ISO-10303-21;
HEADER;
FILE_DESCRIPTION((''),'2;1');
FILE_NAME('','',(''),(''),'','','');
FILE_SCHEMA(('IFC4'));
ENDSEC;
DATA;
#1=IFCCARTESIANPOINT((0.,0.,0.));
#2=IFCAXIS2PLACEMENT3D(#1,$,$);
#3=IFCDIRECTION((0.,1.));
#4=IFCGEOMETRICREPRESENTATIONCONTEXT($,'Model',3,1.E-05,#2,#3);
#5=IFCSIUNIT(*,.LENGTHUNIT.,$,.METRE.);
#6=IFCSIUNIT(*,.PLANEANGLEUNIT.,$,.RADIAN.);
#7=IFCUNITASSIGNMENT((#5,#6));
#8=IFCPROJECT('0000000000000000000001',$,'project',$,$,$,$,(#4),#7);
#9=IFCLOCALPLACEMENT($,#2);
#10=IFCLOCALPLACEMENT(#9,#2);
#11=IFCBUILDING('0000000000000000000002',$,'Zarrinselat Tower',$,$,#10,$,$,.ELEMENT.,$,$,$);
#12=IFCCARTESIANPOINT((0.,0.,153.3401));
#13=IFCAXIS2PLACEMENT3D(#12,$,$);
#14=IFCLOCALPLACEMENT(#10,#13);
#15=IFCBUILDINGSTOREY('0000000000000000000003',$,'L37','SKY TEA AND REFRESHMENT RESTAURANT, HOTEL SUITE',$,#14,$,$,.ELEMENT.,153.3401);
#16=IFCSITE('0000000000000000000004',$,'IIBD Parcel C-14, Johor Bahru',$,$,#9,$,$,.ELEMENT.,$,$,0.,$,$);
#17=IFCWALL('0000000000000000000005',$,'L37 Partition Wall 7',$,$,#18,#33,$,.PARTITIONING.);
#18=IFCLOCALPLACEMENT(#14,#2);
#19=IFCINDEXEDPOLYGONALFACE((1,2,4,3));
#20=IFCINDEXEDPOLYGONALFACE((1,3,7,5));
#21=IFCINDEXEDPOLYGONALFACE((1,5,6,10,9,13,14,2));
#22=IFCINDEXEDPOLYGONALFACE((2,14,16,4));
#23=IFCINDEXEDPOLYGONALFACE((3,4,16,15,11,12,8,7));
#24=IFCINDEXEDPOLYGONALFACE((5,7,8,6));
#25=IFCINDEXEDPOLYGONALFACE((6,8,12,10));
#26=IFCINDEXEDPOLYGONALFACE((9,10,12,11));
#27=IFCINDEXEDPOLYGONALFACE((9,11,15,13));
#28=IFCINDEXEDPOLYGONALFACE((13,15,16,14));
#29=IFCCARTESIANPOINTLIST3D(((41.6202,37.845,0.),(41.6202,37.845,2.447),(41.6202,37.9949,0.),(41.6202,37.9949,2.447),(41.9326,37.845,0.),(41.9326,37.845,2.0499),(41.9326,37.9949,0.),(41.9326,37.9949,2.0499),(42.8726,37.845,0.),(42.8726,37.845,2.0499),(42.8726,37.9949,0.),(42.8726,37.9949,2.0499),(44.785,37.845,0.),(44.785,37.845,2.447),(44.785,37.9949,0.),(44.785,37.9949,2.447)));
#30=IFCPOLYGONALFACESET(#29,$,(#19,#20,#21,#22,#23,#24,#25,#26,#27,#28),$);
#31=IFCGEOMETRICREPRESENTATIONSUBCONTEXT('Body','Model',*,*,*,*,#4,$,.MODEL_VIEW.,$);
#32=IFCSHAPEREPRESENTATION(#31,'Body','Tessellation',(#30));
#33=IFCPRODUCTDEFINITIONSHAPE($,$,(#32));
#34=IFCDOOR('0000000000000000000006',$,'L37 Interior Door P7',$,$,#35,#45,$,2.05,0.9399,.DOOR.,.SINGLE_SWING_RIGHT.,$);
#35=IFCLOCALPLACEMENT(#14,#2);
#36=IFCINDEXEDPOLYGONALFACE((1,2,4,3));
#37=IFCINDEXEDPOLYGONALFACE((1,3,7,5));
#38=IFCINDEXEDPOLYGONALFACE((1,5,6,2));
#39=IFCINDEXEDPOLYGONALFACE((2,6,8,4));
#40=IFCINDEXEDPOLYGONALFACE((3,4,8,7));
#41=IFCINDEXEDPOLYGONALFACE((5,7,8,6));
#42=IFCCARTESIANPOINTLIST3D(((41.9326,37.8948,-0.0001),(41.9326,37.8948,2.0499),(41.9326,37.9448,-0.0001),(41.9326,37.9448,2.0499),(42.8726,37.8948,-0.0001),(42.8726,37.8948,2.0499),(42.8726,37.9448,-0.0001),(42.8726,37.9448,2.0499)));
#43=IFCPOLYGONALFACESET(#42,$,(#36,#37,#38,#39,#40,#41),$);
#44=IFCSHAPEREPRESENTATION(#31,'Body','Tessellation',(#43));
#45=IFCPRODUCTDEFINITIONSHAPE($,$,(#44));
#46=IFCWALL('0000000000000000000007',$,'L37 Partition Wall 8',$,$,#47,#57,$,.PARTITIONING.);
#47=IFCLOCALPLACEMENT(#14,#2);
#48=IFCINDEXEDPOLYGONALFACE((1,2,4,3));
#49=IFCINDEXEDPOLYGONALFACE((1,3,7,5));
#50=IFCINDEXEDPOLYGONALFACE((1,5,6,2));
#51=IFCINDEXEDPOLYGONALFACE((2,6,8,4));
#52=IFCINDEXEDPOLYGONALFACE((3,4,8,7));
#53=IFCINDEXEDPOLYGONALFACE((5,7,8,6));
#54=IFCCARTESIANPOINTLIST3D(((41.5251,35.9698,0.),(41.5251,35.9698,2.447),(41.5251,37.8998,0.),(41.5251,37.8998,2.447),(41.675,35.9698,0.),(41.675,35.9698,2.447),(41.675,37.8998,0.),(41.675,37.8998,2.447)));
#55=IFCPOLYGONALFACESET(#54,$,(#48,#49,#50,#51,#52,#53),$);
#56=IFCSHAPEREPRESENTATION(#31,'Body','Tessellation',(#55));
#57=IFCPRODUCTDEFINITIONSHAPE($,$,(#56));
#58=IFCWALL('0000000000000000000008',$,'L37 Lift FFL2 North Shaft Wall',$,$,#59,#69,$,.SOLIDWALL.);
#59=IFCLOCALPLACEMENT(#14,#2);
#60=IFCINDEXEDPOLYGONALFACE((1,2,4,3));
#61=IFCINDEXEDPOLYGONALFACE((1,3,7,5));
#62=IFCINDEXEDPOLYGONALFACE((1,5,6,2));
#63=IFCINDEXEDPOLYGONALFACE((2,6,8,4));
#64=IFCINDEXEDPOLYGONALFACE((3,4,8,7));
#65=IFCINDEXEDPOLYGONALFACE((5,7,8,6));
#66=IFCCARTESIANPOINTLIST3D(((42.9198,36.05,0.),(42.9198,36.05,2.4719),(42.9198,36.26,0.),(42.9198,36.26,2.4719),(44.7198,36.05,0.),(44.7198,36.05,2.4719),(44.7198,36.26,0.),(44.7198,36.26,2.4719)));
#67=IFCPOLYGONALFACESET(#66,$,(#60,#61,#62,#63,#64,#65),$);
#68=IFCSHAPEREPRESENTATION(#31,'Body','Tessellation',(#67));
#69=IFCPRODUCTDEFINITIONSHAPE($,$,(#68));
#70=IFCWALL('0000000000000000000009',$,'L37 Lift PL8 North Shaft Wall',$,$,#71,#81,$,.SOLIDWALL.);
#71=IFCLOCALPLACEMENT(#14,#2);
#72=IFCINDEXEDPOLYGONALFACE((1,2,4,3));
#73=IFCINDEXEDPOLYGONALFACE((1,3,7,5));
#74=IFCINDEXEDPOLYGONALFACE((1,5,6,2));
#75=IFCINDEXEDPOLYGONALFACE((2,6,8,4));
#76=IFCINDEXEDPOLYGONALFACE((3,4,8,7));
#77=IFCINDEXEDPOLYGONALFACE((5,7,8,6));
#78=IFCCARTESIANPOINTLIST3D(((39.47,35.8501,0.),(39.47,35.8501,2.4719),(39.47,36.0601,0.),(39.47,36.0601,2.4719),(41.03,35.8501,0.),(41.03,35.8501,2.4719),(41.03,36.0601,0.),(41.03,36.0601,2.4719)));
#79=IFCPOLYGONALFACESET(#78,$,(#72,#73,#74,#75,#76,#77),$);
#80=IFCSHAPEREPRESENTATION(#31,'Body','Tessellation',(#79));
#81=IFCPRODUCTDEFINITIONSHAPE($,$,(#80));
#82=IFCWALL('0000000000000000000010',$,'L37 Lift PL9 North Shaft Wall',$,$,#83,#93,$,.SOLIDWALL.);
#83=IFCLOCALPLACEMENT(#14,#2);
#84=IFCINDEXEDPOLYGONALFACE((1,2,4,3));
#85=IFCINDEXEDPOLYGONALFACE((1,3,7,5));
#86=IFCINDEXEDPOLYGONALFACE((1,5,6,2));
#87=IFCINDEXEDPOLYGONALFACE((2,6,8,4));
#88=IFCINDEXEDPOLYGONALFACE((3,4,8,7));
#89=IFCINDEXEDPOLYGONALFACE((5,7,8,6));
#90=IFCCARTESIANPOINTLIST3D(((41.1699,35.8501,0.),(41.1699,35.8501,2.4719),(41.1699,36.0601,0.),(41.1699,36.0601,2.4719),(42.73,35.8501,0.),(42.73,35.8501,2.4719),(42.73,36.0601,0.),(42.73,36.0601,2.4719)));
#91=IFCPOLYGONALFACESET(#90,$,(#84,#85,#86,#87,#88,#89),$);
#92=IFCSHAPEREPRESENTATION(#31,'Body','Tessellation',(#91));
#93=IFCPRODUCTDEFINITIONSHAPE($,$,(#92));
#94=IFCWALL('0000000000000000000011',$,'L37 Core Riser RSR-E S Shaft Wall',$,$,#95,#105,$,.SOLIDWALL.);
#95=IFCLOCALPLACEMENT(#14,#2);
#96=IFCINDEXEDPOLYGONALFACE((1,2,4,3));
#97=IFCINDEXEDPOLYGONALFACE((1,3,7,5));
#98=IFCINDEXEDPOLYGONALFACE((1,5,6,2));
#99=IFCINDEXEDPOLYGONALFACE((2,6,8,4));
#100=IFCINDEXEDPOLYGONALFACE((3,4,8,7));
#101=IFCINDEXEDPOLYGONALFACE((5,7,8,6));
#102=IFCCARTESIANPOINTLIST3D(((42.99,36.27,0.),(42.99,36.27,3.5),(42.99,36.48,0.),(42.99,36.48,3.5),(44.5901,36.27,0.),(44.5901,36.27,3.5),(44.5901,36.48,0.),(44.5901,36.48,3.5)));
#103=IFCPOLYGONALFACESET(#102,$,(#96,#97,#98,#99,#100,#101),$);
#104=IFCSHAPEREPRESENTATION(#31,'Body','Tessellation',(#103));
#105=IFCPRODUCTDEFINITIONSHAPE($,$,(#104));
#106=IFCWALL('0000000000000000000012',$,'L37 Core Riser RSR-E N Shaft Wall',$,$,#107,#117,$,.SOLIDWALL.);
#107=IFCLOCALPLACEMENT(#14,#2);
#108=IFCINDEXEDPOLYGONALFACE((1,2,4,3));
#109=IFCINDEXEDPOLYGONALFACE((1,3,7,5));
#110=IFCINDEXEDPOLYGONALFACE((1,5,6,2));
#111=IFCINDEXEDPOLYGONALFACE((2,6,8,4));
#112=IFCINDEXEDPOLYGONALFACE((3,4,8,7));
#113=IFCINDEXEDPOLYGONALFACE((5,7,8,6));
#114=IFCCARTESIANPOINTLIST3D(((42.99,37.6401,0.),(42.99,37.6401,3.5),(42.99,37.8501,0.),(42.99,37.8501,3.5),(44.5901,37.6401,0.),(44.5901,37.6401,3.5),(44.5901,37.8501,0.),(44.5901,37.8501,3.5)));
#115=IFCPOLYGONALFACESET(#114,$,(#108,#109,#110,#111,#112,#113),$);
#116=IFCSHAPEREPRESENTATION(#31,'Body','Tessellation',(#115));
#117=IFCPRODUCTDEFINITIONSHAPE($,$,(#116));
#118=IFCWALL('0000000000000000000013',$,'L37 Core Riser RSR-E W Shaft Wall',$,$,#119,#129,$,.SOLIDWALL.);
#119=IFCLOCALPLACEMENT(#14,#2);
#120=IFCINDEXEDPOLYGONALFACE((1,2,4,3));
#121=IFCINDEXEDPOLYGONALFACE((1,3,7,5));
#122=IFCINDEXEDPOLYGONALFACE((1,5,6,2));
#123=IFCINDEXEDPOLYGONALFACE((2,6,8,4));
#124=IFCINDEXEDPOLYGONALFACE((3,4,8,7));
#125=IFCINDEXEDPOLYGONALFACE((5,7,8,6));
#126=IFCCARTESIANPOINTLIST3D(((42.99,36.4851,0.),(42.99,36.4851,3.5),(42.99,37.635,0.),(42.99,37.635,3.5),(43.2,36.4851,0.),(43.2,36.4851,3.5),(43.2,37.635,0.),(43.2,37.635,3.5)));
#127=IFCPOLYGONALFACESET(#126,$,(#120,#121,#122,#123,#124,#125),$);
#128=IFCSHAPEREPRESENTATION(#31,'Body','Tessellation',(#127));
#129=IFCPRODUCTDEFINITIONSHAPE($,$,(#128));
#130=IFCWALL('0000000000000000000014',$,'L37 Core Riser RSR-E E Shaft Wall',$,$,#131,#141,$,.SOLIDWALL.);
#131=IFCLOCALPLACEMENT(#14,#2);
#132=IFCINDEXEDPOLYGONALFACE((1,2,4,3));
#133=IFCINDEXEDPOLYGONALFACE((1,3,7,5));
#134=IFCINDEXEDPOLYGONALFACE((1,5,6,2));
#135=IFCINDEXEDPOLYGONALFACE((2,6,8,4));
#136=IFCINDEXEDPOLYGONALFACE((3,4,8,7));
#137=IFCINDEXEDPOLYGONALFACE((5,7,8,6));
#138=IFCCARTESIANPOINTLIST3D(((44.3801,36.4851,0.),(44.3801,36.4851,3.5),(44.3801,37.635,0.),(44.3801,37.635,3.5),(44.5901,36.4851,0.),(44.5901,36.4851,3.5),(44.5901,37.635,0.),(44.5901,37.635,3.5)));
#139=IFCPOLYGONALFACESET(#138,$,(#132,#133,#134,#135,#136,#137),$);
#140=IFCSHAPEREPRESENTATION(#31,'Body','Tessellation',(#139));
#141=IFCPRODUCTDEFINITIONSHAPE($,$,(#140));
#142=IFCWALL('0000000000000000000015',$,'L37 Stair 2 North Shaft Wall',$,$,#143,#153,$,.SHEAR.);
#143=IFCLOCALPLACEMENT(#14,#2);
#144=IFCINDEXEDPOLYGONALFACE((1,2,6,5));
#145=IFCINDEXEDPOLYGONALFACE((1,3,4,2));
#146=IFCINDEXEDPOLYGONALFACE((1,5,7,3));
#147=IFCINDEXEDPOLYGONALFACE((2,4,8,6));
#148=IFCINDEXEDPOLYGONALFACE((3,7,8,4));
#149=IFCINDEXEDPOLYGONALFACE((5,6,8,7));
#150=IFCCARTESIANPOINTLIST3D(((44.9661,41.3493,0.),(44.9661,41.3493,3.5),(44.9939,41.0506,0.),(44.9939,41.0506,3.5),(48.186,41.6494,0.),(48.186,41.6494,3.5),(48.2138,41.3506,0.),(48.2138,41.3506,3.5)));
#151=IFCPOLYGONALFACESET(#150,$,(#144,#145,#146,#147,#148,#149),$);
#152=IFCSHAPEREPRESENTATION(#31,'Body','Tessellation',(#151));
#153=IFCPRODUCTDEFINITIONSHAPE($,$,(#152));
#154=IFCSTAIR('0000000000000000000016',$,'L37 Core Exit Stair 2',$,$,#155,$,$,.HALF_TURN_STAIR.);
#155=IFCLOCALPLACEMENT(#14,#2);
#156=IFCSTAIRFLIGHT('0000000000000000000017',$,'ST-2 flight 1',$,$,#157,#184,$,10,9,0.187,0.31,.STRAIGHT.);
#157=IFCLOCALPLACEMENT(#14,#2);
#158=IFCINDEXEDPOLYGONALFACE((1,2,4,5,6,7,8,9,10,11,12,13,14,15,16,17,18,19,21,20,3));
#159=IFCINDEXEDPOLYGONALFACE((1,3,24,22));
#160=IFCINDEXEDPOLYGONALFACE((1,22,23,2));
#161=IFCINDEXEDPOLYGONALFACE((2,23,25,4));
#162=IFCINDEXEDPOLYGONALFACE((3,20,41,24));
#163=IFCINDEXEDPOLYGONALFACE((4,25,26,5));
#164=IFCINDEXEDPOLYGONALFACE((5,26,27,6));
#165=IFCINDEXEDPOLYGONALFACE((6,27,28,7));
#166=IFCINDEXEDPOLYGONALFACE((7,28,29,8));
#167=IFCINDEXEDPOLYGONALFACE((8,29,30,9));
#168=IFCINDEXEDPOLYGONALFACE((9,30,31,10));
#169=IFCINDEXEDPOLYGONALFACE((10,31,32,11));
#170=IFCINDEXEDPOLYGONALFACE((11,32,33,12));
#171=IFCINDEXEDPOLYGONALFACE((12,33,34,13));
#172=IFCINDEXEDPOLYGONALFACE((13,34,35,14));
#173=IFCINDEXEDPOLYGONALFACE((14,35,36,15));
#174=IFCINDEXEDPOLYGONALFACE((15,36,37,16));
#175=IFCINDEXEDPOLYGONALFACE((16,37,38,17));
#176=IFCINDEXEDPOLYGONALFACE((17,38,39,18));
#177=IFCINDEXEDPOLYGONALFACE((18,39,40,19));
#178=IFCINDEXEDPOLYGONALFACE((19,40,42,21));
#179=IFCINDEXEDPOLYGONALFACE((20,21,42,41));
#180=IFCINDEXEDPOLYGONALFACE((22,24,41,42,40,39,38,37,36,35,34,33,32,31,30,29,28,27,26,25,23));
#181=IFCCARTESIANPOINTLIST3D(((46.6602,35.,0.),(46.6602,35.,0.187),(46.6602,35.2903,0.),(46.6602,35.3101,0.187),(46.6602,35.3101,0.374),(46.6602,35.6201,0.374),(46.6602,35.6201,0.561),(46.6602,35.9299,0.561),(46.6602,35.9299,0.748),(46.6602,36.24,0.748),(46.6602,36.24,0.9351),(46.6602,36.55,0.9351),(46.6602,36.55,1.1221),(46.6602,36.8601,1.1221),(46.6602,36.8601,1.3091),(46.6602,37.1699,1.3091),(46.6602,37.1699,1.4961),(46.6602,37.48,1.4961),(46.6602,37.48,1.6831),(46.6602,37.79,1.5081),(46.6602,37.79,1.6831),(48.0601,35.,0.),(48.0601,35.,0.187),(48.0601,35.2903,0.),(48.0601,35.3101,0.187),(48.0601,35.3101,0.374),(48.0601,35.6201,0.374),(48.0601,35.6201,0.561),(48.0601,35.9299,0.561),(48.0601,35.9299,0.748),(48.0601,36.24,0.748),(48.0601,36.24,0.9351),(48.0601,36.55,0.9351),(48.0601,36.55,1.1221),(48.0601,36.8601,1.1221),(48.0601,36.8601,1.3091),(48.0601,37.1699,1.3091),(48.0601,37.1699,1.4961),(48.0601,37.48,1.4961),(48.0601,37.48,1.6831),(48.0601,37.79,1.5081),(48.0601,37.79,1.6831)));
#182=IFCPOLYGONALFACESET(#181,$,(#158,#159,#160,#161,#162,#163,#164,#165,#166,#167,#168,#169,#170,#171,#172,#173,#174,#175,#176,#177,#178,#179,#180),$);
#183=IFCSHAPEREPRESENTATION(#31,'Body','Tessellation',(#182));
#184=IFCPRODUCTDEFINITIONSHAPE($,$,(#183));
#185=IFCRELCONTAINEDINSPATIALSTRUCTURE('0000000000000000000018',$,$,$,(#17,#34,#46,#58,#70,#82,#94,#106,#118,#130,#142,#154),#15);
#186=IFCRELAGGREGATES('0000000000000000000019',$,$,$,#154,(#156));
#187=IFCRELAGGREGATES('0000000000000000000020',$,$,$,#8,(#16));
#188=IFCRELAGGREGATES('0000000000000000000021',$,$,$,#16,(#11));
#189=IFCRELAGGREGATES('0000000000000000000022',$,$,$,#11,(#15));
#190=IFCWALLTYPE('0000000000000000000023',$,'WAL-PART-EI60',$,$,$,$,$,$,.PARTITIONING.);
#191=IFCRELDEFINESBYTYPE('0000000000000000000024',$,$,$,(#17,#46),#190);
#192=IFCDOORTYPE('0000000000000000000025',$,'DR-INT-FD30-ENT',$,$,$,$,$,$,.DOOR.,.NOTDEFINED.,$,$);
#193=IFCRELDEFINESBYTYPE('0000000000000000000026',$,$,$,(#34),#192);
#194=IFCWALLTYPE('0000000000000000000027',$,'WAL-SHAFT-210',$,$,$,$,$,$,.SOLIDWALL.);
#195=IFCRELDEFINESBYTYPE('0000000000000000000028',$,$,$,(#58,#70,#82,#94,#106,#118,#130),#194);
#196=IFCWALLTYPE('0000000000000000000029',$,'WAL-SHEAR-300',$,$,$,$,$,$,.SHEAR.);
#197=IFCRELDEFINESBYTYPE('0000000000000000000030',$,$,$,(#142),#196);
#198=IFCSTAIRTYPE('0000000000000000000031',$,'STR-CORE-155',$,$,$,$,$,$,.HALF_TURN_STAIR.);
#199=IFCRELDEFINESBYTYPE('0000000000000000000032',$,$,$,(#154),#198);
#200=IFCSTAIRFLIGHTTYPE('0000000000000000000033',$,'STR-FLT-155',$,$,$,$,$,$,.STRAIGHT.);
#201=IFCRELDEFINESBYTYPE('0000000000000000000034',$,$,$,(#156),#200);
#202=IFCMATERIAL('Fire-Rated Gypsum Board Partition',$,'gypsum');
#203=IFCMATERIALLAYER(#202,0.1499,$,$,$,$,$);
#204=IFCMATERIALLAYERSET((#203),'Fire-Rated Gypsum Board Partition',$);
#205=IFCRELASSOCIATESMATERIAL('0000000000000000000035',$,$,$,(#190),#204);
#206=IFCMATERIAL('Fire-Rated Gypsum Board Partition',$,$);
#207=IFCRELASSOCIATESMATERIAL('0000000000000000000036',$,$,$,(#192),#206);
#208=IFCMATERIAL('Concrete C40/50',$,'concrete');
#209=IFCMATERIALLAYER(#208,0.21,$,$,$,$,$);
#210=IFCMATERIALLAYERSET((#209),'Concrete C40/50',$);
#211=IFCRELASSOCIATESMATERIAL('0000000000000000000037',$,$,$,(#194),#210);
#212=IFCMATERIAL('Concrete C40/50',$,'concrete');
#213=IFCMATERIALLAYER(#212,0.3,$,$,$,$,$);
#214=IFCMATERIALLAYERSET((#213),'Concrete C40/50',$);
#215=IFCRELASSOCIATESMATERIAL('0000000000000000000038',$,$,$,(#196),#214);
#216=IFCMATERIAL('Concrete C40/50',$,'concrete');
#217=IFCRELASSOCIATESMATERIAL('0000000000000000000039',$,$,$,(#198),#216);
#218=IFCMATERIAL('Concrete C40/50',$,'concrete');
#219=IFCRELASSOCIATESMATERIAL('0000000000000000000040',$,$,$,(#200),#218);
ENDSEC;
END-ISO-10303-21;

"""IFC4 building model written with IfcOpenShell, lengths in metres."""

from ifc_helpers import new_model, si_unit, direction, frame, frame_2d, origin, place, context, subcontext, project, spatial, polyline, rectangle, outline, extrude, material, layer, layer_set, type_object, element, fill, aggregate, save


model = new_model("IFC4")

# Units and contexts
model_context = context("Model", 3, precision=1e-05, world=origin(), true_north=direction((0.0, 1.0)))
body_context = subcontext(model_context, "Body", "Model", "MODEL_VIEW")
ifc_project = project(units=[si_unit("LENGTHUNIT", "METRE"), si_unit("PLANEANGLEUNIT", "RADIAN")], contexts=[model_context])

# Site, building, storey
site_placement = place(None, origin())
site = spatial("IfcSite", under=ifc_project, at=site_placement, Name="IIBD Parcel C-14, Johor Bahru", CompositionType="ELEMENT", RefElevation=0.0)
building_placement = place(site_placement, origin())
building = spatial("IfcBuilding", under=site, at=building_placement, Name="Zarrinselat Tower", CompositionType="ELEMENT")
storey_placement = place(building_placement, frame((0.0, 0.0, 153.3401)))
storey = spatial("IfcBuildingStorey", under=building, at=storey_placement, Name="L37", Description="SKY TEA AND REFRESHMENT RESTAURANT, HOTEL SUITE", CompositionType="ELEMENT", Elevation=153.3401)

# Wall, opening, door
ifc_material_1 = material(Name="Fire-Rated Gypsum Board Partition", Category="gypsum")
ifc_layer_1 = layer(ifc_material_1, 0.1499)
ifc_layer_set_1 = layer_set([ifc_layer_1], Name="Fire-Rated Gypsum Board Partition")
wall_type_1 = type_object("IfcWallType", Name="WAL-PART-EI60", PredefinedType="PARTITIONING", material=ifc_layer_set_1)
wall_1_placement = place(storey_placement, frame((41.6201, 37.9199, 0.0), z_axis=(0.0, 0.0, 1.0), x_axis=(1.0, 0.0, 0.0)))
wall_1 = element("IfcWall", 1, at=wall_1_placement, inside=storey, type_object=wall_type_1, Name="L37 Partition Wall 7", PredefinedType="PARTITIONING", context=body_context, shape_type="SweptSolid", body=[
    extrude(rectangle(XDim=3.1648, YDim=0.1499, at=frame_2d((1.5825, 0.0))), origin(), (0.0, 0.0, 1.0), 2.447),
])
opening_placement = place(wall_1_placement, frame((0.3125, 0.0, 0.0)))
opening = element("IfcOpeningElement", 2, at=opening_placement, cuts=wall_1, PredefinedType="OPENING", context=body_context, shape_type="SweptSolid", body=[
    extrude(rectangle(XDim=0.9399, YDim=2.05, at=frame_2d((0.47, 1.0249))), frame((0.0, 0.085, 0.0), z_axis=(0.0, -1.0, 0.0), x_axis=(1.0, 0.0, 0.0)), (0.0, 0.0, 1.0), 0.1699),
])
ifc_material_2 = material(Name="Fire-Rated Gypsum Board Partition")
door_type = type_object("IfcDoorType", Name="DR-INT-FD30-ENT", OperationType="NOTDEFINED", PredefinedType="DOOR", material=ifc_material_2)
door_placement = place(opening_placement, origin())
door = element("IfcDoor", 3, at=door_placement, inside=storey, type_object=door_type, Name="L37 Interior Door P7", OperationType="SINGLE_SWING_RIGHT", OverallHeight=2.05, OverallWidth=0.9399, PredefinedType="DOOR", context=body_context, shape_type="SweptSolid", body=[
    extrude(rectangle(XDim=0.9399, YDim=2.05, at=frame_2d((0.47, 1.0249))), frame((0.0, 0.0249, 0.0), z_axis=(0.0, -1.0, 0.0), x_axis=(1.0, 0.0, 0.0)), (0.0, 0.0, 1.0), 0.05),
])
fill(opening, door)

# Walls
wall_2_placement = place(storey_placement, frame((41.6001, 35.97, 0.0), z_axis=(0.0, 0.0, 1.0), x_axis=(0.0, 1.0, 0.0)))
element("IfcWall", 4, at=wall_2_placement, inside=storey, type_object=wall_type_1, Name="L37 Partition Wall 8", PredefinedType="PARTITIONING", context=body_context, shape_type="SweptSolid", body=[
    extrude(rectangle(XDim=1.9299, YDim=0.1499, at=frame_2d((0.9648, 0.0))), origin(), (0.0, 0.0, 1.0), 2.447),
])
ifc_material_3 = material(Name="Concrete C40/50", Category="concrete")
ifc_layer_2 = layer(ifc_material_3, 0.21)
ifc_layer_set_2 = layer_set([ifc_layer_2], Name="Concrete C40/50")
wall_type_2 = type_object("IfcWallType", Name="WAL-SHAFT-210", PredefinedType="SOLIDWALL", material=ifc_layer_set_2)
wall_3_placement = place(storey_placement, frame((42.9199, 36.155, 0.0), z_axis=(0.0, 0.0, 1.0), x_axis=(1.0, 0.0, 0.0)))
element("IfcWall", 5, at=wall_3_placement, inside=storey, type_object=wall_type_2, Name="L37 Lift FFL2 North Shaft Wall", PredefinedType="SOLIDWALL", context=body_context, shape_type="SweptSolid", body=[
    extrude(rectangle(XDim=1.8, YDim=0.21, at=frame_2d((0.8999, 0.0))), origin(), (0.0, 0.0, 1.0), 2.4719),
])
for number, where, z_axis, x_axis, name in (
    (6, (39.47, 35.9551, 0.0), (0.0, 0.0, 1.0), (1.0, 0.0, 0.0), "L37 Lift PL8 North Shaft Wall"),
    (7, (41.1699, 35.9551, 0.0), (0.0, 0.0, 1.0), (1.0, 0.0, 0.0), "L37 Lift PL9 North Shaft Wall"),
):
    element("IfcWall", number, at=place(storey_placement, frame(where, z_axis=z_axis, x_axis=x_axis)), inside=storey, type_object=wall_type_2, Name=name, PredefinedType="SOLIDWALL", context=body_context, shape_type="SweptSolid", body=[
        extrude(rectangle(XDim=1.5601, YDim=0.21, at=frame_2d((0.78, 0.0))), origin(), (0.0, 0.0, 1.0), 2.4719),
    ])
for number, where, z_axis, x_axis, name in (
    (8, (42.99, 36.375, 0.0), (0.0, 0.0, 1.0), (1.0, 0.0, 0.0), "L37 Core Riser RSR-E S Shaft Wall"),
    (9, (42.99, 37.7451, 0.0), (0.0, 0.0, 1.0), (1.0, 0.0, 0.0), "L37 Core Riser RSR-E N Shaft Wall"),
):
    element("IfcWall", number, at=place(storey_placement, frame(where, z_axis=z_axis, x_axis=x_axis)), inside=storey, type_object=wall_type_2, Name=name, PredefinedType="SOLIDWALL", context=body_context, shape_type="SweptSolid", body=[
        extrude(rectangle(XDim=1.6001, YDim=0.21, at=frame_2d((0.8, 0.0))), origin(), (0.0, 0.0, 1.0), 3.5),
    ])
for number, where, z_axis, x_axis, name in (
    (10, (43.095, 36.4851, 0.0), (0.0, 0.0, 1.0), (0.0, 1.0, 0.0), "L37 Core Riser RSR-E W Shaft Wall"),
    (11, (44.4851, 36.4851, 0.0), (0.0, 0.0, 1.0), (0.0, 1.0, 0.0), "L37 Core Riser RSR-E E Shaft Wall"),
):
    element("IfcWall", number, at=place(storey_placement, frame(where, z_axis=z_axis, x_axis=x_axis)), inside=storey, type_object=wall_type_2, Name=name, PredefinedType="SOLIDWALL", context=body_context, shape_type="SweptSolid", body=[
        extrude(rectangle(XDim=1.1499, YDim=0.21, at=frame_2d((0.575, 0.0))), origin(), (0.0, 0.0, 1.0), 3.5),
    ])
ifc_material_4 = material(Name="Concrete C40/50", Category="concrete")
ifc_layer_3 = layer(ifc_material_4, 0.3)
ifc_layer_set_3 = layer_set([ifc_layer_3], Name="Concrete C40/50")
wall_type_3 = type_object("IfcWallType", Name="WAL-SHEAR-300", PredefinedType="SHEAR", material=ifc_layer_set_3)
wall_4_placement = place(storey_placement, frame((44.98, 41.2, 0.0), z_axis=(0.0, 0.0, 1.0), x_axis=(0.995686, 0.092782, 0.0)))
element("IfcWall", 12, at=wall_4_placement, inside=storey, type_object=wall_type_3, Name="L37 Stair 2 North Shaft Wall", PredefinedType="SHEAR", context=body_context, shape_type="SweptSolid", body=[
    extrude(rectangle(XDim=3.2339, YDim=0.3, at=frame_2d((1.6169, 0.0))), origin(), (0.0, 0.0, 1.0), 3.5),
])

# Stair, stair flight
ifc_material_5 = material(Name="Concrete C40/50", Category="concrete")
stair_type = type_object("IfcStairType", Name="STR-CORE-155", PredefinedType="HALF_TURN_STAIR", material=ifc_material_5)
stair_placement = place(storey_placement, origin())
stair = element("IfcStair", 13, at=stair_placement, inside=storey, type_object=stair_type, Name="L37 Core Exit Stair 2", PredefinedType="HALF_TURN_STAIR")
ifc_material_6 = material(Name="Concrete C40/50", Category="concrete")
stair_flight_type = type_object("IfcStairFlightType", Name="STR-FLT-155", PredefinedType="STRAIGHT", material=ifc_material_6)
stair_flight_1_placement = place(storey_placement, frame((47.3601, 35.0, 0.0), z_axis=(0.0, 0.0, 1.0), x_axis=(0.0, 1.0, 0.0)))
stair_flight_1 = element("IfcStairFlight", 14, at=stair_flight_1_placement, type_object=stair_flight_type, Name="ST-2 flight 1", NumberOfRisers=10, NumberOfTreads=9, PredefinedType="STRAIGHT", RiserHeight=0.187, TreadLength=0.31, context=body_context, shape_type="SweptSolid", body=[
    extrude(outline(polyline([(0.0, 0.0), (0.0, 0.187), (0.3101, 0.187), (0.3101, 0.374), (0.6201, 0.374), (0.6201, 0.561), (0.9299, 0.561), (0.9299, 0.748), (1.24, 0.748), (1.24, 0.9351), (1.55, 0.9351), (1.55, 1.1221), (1.8601, 1.1221), (1.8601, 1.3091), (2.1699, 1.3091), (2.1699, 1.4961), (2.48, 1.4961), (2.48, 1.6831), (2.79, 1.6831), (2.79, 1.8701), (2.79, 1.5081), (0.2903, 0.0), (0.0, 0.0)])), frame((0.0, 0.7, 0.0), z_axis=(0.0, -1.0, 0.0), x_axis=(1.0, 0.0, 0.0)), (0.0, 0.0, 1.0), 1.3999),
])
aggregate(stair, [stair_flight_1])

save(model, "model.ifc")
